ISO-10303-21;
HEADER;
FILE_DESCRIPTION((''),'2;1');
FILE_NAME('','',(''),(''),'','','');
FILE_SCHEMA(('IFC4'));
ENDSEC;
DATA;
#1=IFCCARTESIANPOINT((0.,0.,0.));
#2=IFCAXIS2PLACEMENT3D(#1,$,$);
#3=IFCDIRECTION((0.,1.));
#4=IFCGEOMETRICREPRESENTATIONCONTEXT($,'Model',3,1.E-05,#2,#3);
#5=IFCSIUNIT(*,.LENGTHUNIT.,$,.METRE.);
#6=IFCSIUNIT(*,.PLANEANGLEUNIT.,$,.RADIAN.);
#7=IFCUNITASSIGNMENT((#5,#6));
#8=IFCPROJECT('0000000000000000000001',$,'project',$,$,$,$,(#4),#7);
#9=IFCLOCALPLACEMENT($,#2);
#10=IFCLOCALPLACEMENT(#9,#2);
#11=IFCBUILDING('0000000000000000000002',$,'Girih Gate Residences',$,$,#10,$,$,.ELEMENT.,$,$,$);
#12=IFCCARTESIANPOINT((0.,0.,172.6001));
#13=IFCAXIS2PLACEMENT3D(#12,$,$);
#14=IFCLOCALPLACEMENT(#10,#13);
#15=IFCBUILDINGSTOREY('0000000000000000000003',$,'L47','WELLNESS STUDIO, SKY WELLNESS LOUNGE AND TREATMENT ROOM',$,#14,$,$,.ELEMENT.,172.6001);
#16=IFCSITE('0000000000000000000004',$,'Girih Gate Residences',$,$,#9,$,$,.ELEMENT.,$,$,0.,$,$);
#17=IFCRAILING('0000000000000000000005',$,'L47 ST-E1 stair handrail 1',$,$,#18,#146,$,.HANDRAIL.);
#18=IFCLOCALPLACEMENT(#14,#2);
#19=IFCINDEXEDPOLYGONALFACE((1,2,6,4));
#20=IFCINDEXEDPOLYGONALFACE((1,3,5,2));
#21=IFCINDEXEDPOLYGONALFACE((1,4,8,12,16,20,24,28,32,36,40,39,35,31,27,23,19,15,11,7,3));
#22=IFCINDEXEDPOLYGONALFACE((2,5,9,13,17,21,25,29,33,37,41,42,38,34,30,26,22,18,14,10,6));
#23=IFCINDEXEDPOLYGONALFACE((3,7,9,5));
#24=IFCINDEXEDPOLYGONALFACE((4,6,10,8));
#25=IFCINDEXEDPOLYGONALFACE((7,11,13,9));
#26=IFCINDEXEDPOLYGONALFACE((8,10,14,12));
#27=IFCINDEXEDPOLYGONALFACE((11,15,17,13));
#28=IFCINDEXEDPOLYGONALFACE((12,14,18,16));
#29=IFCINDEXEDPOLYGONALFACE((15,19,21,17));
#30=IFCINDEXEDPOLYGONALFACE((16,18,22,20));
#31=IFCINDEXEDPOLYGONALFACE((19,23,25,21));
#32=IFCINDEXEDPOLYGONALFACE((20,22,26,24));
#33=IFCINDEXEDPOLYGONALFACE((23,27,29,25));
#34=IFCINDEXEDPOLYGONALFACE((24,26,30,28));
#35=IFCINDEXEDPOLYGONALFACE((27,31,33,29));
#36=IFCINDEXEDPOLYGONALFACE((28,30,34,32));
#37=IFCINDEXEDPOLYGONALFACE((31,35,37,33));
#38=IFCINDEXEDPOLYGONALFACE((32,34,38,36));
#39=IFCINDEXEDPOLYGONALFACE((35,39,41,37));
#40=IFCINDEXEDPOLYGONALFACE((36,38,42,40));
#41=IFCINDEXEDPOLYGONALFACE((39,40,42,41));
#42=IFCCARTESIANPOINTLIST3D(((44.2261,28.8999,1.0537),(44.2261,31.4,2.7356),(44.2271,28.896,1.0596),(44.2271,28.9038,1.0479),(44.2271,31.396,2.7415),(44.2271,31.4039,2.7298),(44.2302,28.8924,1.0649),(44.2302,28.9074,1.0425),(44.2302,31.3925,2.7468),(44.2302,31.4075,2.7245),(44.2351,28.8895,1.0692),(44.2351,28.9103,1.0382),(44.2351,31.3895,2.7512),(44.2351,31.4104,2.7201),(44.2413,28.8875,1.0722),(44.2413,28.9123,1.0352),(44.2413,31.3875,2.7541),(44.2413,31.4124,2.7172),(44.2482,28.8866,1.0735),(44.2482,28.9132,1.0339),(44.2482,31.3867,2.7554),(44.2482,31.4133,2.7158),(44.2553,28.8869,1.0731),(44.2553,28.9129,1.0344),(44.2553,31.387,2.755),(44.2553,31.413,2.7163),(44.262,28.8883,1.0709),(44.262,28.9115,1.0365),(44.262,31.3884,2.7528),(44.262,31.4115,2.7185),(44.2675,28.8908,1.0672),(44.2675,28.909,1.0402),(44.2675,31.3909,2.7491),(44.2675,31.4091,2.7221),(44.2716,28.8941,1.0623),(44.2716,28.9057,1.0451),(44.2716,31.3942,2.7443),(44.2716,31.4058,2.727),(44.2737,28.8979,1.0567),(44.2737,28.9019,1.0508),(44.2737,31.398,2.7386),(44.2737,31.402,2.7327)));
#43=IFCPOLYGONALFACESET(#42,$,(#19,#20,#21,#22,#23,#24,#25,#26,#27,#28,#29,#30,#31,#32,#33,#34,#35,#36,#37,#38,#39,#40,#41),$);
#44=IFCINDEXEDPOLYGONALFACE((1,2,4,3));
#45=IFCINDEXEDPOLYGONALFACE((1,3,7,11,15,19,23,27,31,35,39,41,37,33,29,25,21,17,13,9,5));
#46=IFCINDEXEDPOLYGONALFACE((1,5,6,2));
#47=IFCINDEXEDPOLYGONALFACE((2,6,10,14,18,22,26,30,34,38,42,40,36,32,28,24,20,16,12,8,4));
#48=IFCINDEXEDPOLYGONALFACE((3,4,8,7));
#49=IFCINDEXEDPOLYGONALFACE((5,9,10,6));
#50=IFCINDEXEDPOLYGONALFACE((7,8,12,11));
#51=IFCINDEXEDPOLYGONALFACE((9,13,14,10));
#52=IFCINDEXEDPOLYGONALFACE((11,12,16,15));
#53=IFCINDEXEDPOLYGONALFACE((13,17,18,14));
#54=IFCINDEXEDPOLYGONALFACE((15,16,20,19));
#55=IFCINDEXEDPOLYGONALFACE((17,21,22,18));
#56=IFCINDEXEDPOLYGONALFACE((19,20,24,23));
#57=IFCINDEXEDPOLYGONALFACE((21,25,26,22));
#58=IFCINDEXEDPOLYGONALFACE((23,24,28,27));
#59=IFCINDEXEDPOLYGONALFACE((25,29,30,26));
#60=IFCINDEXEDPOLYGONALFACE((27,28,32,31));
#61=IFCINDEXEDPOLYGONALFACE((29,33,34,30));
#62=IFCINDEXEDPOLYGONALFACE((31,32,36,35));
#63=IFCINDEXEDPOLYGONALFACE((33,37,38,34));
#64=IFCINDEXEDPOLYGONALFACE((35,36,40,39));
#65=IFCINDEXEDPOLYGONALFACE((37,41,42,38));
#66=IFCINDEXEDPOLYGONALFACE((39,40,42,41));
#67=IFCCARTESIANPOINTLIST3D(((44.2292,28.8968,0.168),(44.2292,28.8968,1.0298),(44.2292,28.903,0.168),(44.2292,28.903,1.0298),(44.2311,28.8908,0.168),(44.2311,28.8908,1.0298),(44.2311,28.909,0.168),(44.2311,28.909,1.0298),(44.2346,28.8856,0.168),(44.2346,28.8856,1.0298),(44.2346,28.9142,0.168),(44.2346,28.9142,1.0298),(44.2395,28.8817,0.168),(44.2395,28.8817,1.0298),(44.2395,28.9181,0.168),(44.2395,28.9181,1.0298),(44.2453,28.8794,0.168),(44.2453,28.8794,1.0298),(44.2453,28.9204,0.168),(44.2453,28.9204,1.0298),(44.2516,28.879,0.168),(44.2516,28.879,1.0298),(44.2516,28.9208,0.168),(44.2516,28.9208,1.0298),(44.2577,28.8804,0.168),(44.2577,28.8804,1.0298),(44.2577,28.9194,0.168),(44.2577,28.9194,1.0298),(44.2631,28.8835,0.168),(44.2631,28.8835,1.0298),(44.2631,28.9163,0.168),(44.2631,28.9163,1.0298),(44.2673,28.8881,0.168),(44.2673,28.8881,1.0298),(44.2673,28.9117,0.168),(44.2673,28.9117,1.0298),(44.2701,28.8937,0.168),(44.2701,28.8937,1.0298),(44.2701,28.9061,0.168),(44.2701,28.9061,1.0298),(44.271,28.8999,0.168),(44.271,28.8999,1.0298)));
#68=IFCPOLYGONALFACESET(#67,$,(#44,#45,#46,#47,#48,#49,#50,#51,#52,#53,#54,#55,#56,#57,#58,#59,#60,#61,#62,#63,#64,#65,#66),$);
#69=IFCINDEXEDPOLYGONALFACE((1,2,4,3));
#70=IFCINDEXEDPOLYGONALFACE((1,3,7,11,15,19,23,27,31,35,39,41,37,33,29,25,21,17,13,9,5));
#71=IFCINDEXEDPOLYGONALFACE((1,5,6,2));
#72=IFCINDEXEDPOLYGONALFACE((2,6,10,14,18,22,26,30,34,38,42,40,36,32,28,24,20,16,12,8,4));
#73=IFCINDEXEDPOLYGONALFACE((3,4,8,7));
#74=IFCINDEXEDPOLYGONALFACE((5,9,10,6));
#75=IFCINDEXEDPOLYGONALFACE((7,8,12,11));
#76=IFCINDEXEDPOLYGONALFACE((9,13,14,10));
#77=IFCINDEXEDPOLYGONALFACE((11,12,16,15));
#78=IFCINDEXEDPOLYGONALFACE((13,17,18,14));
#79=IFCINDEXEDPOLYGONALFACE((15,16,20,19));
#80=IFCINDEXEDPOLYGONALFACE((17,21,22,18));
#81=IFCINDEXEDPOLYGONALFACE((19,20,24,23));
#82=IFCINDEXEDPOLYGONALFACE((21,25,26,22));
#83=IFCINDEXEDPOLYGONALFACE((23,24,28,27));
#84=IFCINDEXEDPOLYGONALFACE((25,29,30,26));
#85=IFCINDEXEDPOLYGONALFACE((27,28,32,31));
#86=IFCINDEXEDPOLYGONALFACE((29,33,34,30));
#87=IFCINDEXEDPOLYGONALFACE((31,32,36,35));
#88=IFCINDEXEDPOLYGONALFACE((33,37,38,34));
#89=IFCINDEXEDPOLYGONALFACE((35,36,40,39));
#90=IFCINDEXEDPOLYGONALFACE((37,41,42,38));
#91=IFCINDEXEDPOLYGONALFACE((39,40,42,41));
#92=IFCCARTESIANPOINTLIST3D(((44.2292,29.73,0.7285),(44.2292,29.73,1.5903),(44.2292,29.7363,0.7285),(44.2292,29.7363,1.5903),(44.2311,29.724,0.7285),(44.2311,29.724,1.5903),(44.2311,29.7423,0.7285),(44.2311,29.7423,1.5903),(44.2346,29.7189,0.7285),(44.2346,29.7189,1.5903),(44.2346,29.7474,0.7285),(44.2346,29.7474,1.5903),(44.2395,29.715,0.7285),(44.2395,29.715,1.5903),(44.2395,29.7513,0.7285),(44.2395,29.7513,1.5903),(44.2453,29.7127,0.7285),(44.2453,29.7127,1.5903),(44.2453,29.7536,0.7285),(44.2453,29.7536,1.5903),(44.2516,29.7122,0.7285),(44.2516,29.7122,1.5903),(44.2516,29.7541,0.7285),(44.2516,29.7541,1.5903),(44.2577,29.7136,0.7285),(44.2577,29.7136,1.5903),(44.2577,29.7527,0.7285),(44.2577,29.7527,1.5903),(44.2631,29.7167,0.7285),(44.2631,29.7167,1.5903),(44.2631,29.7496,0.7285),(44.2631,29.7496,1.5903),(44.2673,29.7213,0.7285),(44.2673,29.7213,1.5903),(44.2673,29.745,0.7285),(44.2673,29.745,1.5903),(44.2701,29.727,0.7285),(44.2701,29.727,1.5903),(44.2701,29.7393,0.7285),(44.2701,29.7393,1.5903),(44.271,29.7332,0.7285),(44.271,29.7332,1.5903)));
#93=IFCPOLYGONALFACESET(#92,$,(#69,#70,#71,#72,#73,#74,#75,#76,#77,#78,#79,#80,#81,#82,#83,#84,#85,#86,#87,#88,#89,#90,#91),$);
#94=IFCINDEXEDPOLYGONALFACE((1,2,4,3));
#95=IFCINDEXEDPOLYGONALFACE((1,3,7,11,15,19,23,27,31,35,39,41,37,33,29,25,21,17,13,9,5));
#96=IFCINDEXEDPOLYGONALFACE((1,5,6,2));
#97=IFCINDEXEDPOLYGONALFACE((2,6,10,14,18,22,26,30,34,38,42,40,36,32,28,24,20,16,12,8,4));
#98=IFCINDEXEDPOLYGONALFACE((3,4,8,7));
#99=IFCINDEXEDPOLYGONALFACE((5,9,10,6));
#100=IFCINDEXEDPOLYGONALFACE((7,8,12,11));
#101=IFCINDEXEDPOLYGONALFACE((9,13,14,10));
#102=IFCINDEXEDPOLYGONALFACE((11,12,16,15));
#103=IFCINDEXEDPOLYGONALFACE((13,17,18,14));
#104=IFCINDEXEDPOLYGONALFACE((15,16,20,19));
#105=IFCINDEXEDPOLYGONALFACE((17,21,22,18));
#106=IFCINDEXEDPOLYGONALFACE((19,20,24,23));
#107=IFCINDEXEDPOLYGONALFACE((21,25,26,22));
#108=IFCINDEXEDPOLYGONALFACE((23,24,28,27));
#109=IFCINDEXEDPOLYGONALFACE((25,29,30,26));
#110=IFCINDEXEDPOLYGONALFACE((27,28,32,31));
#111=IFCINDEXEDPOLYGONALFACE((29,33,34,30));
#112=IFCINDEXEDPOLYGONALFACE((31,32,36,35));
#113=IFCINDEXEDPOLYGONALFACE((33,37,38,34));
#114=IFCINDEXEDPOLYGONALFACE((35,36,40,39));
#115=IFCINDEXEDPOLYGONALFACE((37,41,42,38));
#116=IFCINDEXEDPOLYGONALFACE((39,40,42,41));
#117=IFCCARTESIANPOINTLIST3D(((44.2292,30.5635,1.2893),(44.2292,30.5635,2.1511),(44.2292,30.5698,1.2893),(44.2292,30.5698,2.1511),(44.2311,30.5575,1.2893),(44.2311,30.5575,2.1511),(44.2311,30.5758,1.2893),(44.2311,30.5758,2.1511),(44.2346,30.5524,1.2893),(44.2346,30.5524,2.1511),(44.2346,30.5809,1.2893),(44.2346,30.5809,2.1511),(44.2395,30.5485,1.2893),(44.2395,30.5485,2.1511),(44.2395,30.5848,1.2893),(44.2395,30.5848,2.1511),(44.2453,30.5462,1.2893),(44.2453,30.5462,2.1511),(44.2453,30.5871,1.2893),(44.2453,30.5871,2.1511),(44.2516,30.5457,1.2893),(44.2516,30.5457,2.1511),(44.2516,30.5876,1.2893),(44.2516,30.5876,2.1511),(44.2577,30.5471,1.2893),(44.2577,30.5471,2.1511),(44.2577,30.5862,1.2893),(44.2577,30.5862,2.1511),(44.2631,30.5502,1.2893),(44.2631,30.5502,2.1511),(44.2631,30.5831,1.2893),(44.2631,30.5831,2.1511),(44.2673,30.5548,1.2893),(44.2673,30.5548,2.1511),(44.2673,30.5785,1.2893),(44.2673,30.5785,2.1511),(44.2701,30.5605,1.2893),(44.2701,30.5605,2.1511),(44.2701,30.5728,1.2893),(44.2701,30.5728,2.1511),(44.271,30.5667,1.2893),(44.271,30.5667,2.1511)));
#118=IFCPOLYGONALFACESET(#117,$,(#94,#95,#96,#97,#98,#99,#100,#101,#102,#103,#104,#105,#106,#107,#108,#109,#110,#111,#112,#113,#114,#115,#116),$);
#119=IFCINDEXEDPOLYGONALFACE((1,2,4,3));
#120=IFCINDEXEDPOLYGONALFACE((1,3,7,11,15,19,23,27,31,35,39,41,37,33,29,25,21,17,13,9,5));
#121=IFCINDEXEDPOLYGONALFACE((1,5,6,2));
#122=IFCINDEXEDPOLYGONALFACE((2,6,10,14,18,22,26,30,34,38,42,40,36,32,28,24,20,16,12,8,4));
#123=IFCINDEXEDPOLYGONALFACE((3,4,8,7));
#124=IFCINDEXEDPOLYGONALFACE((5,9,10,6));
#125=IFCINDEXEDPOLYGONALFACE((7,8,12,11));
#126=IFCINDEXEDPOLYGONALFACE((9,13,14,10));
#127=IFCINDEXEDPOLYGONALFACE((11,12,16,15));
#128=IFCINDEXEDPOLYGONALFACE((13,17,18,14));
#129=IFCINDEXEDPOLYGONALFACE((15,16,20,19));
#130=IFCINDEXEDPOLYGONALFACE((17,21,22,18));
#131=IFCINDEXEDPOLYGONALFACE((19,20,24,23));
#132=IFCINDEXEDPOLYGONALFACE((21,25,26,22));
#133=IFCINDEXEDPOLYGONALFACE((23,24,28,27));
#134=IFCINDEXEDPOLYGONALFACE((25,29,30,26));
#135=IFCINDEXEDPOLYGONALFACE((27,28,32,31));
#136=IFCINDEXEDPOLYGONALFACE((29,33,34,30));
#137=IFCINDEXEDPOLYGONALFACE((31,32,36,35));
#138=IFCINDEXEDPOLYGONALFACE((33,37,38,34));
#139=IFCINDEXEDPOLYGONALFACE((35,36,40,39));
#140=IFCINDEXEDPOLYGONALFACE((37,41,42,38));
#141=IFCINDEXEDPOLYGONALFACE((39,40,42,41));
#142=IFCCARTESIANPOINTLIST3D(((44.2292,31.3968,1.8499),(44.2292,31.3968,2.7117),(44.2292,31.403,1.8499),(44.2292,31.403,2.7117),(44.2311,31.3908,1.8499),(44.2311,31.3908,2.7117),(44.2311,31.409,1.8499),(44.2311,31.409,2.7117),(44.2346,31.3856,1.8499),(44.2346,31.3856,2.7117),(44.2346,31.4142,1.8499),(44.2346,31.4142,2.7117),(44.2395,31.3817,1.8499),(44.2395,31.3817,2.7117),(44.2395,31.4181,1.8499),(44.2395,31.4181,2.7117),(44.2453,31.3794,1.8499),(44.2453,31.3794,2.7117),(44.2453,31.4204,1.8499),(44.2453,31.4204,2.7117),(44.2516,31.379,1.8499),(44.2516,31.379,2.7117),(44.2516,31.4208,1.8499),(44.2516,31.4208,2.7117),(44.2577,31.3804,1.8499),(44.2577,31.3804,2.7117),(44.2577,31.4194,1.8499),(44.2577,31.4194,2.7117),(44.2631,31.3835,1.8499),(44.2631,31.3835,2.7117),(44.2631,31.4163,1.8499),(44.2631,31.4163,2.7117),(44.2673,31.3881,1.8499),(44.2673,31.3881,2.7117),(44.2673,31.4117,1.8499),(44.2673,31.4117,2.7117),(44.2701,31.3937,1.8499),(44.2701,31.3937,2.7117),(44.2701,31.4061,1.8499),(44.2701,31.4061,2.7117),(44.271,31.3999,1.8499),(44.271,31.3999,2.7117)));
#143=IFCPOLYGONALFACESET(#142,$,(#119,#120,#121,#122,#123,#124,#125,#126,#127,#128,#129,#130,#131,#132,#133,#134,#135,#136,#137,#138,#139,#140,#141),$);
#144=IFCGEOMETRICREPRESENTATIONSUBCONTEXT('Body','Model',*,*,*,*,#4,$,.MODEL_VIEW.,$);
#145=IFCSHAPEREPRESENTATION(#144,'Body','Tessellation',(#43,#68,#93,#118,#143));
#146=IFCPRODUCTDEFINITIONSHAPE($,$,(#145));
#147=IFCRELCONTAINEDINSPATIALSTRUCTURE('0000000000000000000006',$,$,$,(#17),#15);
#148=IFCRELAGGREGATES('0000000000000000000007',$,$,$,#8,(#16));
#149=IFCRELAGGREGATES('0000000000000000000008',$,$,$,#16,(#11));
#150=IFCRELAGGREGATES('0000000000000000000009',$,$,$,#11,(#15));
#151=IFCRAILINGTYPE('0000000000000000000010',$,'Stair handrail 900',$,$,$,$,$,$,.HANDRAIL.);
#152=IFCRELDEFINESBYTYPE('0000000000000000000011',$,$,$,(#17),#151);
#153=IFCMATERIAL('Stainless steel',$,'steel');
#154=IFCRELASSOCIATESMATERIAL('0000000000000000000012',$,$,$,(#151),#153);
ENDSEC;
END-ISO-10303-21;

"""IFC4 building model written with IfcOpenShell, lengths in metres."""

from ifc_helpers import new_model, si_unit, direction, frame, origin, origin_2d, place, context, subcontext, project, spatial, circle, extrude, material, type_object, element, save


model = new_model("IFC4")

# Units and contexts
model_context = context("Model", 3, precision=1e-05, world=origin(), true_north=direction((0.0, 1.0)))
body_context = subcontext(model_context, "Body", "Model", "MODEL_VIEW")
ifc_project = project(units=[si_unit("LENGTHUNIT", "METRE"), si_unit("PLANEANGLEUNIT", "RADIAN")], contexts=[model_context])

# Site, building, storey
site_placement = place(None, origin())
site = spatial("IfcSite", under=ifc_project, at=site_placement, Name="Girih Gate Residences", CompositionType="ELEMENT", RefElevation=0.0)
building_placement = place(site_placement, origin())
building = spatial("IfcBuilding", under=site, at=building_placement, Name="Girih Gate Residences", CompositionType="ELEMENT")
storey_placement = place(building_placement, frame((0.0, 0.0, 172.6001)))
storey = spatial("IfcBuildingStorey", under=building, at=storey_placement, Name="L47", Description="WELLNESS STUDIO, SKY WELLNESS LOUNGE AND TREATMENT ROOM", CompositionType="ELEMENT", Elevation=172.6001)

# Railing
ifc_material_1 = material(Name="Stainless steel", Category="steel")
railing_type_1 = type_object("IfcRailingType", Name="Stair handrail 900", PredefinedType="HANDRAIL", material=ifc_material_1)
railing_1_placement = place(storey_placement, frame((44.25, 28.8999, 0.168)))
element("IfcRailing", 1, at=railing_1_placement, inside=storey, type_object=railing_type_1, Name="L47 ST-E1 stair handrail 1", PredefinedType="HANDRAIL", context=body_context, shape_type="SweptSolid", body=[
    extrude(circle(Radius=0.0239, at=origin_2d()), frame((0.0, 0.0, 0.8857), z_axis=(0.0, 0.829712, 0.558192), x_axis=(-1.0, 0.0, 0.0)), (0.0, 0.0, 1.0), 3.0132),
    extrude(circle(Radius=0.021, at=origin_2d()), origin(), (0.0, 0.0, 1.0), 0.8618),
    extrude(circle(Radius=0.021, at=origin_2d()), frame((0.0, 0.8333, 0.5605)), (0.0, 0.0, 1.0), 0.8618),
    extrude(circle(Radius=0.021, at=origin_2d()), frame((0.0, 1.6667, 1.1213)), (0.0, 0.0, 1.0), 0.8618),
    extrude(circle(Radius=0.021, at=origin_2d()), frame((0.0, 2.5, 1.6819)), (0.0, 0.0, 1.0), 0.8618),
])

save(model, "model.ifc")
